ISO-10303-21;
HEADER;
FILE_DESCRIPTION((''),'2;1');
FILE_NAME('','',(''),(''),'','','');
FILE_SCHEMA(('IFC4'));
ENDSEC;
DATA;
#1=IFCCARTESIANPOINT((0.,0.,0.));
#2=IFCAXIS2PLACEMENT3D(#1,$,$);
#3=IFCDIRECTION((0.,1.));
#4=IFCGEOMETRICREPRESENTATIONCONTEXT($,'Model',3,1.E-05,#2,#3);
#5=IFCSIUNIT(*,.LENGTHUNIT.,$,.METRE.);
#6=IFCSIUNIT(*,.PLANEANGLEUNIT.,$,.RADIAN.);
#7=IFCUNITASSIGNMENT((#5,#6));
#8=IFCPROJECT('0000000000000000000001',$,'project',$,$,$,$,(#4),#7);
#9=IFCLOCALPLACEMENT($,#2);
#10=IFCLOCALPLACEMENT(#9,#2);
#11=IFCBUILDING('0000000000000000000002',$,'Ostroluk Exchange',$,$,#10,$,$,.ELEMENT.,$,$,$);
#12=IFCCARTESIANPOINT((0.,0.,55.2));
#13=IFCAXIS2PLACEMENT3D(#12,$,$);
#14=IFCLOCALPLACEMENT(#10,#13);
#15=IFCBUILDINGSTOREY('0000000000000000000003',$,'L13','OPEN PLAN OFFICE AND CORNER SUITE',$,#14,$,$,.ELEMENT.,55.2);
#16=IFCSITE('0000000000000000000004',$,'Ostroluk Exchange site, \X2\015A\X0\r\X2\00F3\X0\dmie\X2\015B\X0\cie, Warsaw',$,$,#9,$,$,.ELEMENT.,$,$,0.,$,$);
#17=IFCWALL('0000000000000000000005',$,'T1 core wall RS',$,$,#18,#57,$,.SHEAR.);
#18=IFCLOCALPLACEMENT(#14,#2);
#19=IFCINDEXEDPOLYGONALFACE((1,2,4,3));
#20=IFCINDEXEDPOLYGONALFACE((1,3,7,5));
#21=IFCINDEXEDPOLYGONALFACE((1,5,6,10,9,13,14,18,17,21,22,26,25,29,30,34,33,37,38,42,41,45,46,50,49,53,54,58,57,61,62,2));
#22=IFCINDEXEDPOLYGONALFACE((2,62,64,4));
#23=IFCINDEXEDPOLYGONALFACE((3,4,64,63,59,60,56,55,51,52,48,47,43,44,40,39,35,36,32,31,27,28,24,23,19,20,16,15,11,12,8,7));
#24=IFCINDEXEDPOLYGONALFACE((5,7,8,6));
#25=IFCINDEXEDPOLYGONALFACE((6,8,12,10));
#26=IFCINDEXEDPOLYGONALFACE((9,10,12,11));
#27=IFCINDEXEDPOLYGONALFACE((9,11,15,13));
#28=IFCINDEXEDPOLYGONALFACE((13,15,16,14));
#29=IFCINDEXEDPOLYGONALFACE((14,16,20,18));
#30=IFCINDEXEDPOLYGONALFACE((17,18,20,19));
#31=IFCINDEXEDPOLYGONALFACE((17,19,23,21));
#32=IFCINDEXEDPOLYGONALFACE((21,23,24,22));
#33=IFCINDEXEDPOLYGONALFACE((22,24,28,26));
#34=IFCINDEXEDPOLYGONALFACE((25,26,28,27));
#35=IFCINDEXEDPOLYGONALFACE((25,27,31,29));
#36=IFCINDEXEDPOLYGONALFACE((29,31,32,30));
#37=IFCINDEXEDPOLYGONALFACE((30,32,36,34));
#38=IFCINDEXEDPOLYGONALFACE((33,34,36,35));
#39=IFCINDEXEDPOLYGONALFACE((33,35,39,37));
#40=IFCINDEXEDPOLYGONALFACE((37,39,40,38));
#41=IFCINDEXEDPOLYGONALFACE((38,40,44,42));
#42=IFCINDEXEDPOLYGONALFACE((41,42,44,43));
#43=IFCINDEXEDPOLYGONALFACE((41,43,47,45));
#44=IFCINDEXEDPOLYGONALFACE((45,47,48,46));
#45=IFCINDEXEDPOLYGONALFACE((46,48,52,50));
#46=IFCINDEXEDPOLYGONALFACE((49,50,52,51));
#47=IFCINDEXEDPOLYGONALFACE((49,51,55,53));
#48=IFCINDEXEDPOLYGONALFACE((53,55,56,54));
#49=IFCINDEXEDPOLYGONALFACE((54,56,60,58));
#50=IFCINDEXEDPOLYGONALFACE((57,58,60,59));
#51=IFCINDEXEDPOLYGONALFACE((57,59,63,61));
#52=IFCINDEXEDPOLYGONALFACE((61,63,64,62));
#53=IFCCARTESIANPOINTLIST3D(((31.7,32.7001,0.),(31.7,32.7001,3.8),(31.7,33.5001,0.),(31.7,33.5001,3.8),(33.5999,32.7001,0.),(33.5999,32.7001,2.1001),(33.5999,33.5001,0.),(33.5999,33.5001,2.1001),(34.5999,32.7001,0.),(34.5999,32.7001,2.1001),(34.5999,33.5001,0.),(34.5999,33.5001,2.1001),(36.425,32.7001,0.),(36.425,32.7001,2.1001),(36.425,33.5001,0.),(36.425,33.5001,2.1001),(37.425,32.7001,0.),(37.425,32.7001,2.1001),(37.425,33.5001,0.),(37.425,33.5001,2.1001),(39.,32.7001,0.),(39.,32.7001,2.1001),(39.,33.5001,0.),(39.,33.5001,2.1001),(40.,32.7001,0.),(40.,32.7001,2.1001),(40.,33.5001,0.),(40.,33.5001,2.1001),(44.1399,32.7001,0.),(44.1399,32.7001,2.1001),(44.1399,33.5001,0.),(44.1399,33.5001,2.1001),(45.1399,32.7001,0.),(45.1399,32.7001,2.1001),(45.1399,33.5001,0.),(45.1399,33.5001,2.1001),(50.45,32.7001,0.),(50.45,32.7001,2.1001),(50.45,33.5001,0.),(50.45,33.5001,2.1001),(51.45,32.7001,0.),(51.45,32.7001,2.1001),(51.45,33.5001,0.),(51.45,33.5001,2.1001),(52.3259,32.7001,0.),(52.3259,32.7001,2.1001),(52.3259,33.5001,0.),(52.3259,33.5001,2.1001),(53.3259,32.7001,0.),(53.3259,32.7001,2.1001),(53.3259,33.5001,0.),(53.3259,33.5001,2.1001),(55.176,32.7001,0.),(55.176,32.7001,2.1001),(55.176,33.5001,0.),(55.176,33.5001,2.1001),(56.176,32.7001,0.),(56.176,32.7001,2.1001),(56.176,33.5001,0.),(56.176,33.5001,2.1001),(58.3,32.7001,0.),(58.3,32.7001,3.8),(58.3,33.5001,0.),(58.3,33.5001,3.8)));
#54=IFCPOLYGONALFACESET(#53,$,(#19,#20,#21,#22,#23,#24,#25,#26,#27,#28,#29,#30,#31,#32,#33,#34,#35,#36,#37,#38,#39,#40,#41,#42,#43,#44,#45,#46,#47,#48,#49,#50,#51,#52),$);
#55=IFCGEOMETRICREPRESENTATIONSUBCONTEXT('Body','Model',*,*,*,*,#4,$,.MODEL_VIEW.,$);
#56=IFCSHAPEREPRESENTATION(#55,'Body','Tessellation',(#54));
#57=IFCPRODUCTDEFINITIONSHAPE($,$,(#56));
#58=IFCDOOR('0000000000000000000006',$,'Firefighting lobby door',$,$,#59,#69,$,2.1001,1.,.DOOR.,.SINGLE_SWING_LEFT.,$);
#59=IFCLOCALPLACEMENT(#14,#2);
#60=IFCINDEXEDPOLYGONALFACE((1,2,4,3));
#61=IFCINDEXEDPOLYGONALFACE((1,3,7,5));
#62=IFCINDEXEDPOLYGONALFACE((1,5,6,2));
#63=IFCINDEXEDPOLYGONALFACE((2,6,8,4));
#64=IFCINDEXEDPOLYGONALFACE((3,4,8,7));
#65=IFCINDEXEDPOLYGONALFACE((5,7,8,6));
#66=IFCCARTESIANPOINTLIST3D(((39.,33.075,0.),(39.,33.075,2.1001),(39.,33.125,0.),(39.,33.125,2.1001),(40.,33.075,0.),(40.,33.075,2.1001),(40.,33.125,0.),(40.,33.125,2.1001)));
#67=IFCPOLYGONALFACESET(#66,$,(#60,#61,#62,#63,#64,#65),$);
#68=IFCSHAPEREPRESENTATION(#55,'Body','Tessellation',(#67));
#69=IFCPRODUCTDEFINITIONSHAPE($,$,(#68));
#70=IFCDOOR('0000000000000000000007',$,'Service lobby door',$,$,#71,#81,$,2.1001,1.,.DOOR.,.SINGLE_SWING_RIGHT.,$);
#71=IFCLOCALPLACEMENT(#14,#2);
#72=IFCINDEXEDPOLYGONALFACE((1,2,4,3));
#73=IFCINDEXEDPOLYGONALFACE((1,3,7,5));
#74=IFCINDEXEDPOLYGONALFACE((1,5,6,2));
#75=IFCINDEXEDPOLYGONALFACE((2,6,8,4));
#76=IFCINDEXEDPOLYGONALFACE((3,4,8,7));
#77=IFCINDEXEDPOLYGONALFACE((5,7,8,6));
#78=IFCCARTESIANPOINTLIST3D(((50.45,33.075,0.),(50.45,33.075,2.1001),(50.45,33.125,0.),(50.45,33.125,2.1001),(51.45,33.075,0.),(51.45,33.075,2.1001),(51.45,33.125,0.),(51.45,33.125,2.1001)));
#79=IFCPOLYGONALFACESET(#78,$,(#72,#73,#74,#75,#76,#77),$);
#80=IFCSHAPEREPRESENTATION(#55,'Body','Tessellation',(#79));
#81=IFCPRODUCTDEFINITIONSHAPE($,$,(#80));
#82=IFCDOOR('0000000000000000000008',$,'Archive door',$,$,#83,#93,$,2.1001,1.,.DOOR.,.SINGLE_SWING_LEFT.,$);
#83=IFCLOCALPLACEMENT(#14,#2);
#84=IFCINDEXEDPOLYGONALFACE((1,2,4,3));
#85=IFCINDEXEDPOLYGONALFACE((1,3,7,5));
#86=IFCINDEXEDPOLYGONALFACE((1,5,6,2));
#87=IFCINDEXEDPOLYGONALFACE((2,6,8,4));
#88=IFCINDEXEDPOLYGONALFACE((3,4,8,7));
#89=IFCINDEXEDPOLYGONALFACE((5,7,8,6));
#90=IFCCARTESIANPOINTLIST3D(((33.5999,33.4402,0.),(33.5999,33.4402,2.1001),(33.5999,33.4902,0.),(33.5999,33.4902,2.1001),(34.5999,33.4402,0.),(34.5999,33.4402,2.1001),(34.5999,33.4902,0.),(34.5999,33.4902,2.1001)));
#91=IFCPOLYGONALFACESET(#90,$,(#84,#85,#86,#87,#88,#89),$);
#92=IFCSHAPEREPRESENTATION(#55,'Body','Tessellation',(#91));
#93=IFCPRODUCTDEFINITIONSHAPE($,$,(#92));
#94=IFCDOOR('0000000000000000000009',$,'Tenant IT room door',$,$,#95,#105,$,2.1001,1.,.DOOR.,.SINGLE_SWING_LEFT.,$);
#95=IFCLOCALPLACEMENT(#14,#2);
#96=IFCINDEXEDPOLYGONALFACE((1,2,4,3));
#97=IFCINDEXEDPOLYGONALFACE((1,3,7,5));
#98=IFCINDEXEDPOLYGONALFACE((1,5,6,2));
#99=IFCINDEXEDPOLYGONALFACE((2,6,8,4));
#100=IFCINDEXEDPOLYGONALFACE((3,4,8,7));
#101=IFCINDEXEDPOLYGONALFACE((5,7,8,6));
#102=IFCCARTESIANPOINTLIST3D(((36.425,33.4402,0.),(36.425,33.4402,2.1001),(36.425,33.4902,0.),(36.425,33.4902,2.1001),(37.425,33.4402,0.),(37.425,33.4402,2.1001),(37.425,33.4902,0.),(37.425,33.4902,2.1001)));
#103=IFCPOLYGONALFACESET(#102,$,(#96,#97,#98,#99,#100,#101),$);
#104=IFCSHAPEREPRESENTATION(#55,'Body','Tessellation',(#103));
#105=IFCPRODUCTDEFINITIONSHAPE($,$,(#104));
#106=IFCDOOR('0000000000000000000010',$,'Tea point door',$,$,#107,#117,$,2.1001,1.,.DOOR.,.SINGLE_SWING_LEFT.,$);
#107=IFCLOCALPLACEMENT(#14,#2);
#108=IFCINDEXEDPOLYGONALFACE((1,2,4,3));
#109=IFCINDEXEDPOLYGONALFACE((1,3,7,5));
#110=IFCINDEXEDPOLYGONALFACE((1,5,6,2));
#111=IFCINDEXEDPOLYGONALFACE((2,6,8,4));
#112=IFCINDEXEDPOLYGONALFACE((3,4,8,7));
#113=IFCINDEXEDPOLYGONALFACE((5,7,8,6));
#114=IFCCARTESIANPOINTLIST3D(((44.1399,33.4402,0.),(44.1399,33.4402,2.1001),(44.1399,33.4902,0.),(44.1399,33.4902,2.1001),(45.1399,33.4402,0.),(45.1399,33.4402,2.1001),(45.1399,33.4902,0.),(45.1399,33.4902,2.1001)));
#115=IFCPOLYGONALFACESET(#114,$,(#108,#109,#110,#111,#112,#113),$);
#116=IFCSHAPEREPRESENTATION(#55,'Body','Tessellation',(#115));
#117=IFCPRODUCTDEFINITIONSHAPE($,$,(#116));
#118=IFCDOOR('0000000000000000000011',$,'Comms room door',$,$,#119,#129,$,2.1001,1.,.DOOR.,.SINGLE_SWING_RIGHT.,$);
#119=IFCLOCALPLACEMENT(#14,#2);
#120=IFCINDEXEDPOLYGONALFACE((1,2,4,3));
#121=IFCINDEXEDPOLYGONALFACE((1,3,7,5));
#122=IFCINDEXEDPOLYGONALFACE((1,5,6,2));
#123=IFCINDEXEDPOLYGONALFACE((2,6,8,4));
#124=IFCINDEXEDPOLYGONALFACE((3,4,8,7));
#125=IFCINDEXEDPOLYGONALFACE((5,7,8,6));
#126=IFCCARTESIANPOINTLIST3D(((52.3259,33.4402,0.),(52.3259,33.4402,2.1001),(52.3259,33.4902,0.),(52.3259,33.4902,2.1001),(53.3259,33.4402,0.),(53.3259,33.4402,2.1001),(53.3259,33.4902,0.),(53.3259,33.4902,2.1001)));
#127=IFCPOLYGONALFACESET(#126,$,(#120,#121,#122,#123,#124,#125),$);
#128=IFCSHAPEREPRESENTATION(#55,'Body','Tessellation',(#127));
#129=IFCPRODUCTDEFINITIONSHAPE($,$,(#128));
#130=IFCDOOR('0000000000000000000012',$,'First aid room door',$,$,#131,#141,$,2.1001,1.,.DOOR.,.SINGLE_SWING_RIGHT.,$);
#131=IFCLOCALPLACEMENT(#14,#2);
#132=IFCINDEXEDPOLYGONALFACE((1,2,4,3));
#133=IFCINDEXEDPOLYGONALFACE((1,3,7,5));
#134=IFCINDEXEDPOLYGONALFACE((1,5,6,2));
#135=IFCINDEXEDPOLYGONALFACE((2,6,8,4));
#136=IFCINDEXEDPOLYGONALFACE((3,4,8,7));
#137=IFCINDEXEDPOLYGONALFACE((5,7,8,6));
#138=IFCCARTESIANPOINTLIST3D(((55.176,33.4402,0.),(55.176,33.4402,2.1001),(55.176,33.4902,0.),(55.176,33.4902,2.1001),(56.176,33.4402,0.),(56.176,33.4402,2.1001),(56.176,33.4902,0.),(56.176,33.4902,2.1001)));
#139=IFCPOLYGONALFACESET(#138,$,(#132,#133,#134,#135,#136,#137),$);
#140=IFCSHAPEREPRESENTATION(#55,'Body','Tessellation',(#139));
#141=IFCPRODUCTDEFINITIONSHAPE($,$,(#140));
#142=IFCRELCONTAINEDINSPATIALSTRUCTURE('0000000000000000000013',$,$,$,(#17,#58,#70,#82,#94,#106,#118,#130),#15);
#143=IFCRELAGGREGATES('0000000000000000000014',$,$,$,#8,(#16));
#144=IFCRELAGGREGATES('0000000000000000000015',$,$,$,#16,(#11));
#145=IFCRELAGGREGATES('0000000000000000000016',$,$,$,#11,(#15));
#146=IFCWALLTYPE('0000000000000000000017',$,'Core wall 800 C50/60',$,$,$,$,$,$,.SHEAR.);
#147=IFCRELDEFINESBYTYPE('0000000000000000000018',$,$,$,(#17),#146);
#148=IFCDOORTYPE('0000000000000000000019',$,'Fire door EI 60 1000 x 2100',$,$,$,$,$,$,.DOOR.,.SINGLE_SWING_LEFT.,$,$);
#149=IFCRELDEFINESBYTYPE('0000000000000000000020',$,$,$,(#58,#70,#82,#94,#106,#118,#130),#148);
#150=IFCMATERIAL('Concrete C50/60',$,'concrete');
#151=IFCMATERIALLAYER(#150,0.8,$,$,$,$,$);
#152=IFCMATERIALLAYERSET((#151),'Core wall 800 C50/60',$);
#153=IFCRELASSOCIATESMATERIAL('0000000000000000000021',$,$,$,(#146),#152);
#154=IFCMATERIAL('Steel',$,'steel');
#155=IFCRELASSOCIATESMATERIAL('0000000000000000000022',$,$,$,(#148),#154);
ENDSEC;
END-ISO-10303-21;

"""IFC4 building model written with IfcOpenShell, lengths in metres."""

from ifc_helpers import new_model, si_unit, direction, frame, frame_2d, origin, place, context, subcontext, project, spatial, rectangle, extrude, material, layer, layer_set, type_object, element, fill, save


model = new_model("IFC4")

# Units and contexts
model_context = context("Model", 3, precision=1e-05, world=origin(), true_north=direction((0.0, 1.0)))
body_context = subcontext(model_context, "Body", "Model", "MODEL_VIEW")
ifc_project = project(units=[si_unit("LENGTHUNIT", "METRE"), si_unit("PLANEANGLEUNIT", "RADIAN")], contexts=[model_context])

# Site, building, storey
site_placement = place(None, origin())
site = spatial("IfcSite", under=ifc_project, at=site_placement, Name="Ostroluk Exchange site, Śródmieście, Warsaw", CompositionType="ELEMENT", RefElevation=0.0)
building_placement = place(site_placement, origin())
building = spatial("IfcBuilding", under=site, at=building_placement, Name="Ostroluk Exchange", CompositionType="ELEMENT")
storey_placement = place(building_placement, frame((0.0, 0.0, 55.2)))
storey = spatial("IfcBuildingStorey", under=building, at=storey_placement, Name="L13", Description="OPEN PLAN OFFICE AND CORNER SUITE", CompositionType="ELEMENT", Elevation=55.2)

# Wall, openings, doors
ifc_material_1 = material(Name="Concrete C50/60", Category="concrete")
ifc_layer_1 = layer(ifc_material_1, 0.8)
ifc_layer_set_1 = layer_set([ifc_layer_1], Name="Core wall 800 C50/60")
wall_type_1 = type_object("IfcWallType", Name="Core wall 800 C50/60", PredefinedType="SHEAR", material=ifc_layer_set_1)
wall_1_placement = place(storey_placement, frame((31.7, 33.1001, 0.0), z_axis=(0.0, 0.0, 1.0), x_axis=(1.0, 0.0, 0.0)))
wall_1 = element("IfcWall", 1, at=wall_1_placement, inside=storey, type_object=wall_type_1, Name="T1 core wall RS", PredefinedType="SHEAR", context=body_context, shape_type="SweptSolid", body=[
    extrude(rectangle(XDim=26.6001, YDim=0.8, at=frame_2d((13.3, 0.0))), origin(), (0.0, 0.0, 1.0), 3.8),
])
opening_1_placement = place(wall_1_placement, frame((7.3, 0.0, 0.0)))
opening_1 = element("IfcOpeningElement", 2, at=opening_1_placement, cuts=wall_1, PredefinedType="OPENING", context=body_context, shape_type="SweptSolid", body=[
    extrude(rectangle(XDim=1.0, YDim=2.1001, at=frame_2d((0.5, 1.05))), frame((0.0, 0.4099, 0.0), z_axis=(0.0, -1.0, 0.0), x_axis=(1.0, 0.0, 0.0)), (0.0, 0.0, 1.0), 0.8201),
])
opening_2_placement = place(wall_1_placement, frame((18.75, 0.0, 0.0)))
opening_2 = element("IfcOpeningElement", 3, at=opening_2_placement, cuts=wall_1, PredefinedType="OPENING", context=body_context, shape_type="SweptSolid", body=[
    extrude(rectangle(XDim=1.0, YDim=2.1001, at=frame_2d((0.5, 1.05))), frame((0.0, 0.4099, 0.0), z_axis=(0.0, -1.0, 0.0), x_axis=(1.0, 0.0, 0.0)), (0.0, 0.0, 1.0), 0.8201),
])
opening_3_placement = place(wall_1_placement, frame((1.8999, 0.0, 0.0)))
opening_3 = element("IfcOpeningElement", 4, at=opening_3_placement, cuts=wall_1, PredefinedType="OPENING", context=body_context, shape_type="SweptSolid", body=[
    extrude(rectangle(XDim=1.0, YDim=2.1001, at=frame_2d((0.5, 1.05))), frame((0.0, 0.4099, 0.0), z_axis=(0.0, -1.0, 0.0), x_axis=(1.0, 0.0, 0.0)), (0.0, 0.0, 1.0), 0.8201),
])
opening_4_placement = place(wall_1_placement, frame((4.7251, 0.0, 0.0)))
opening_4 = element("IfcOpeningElement", 5, at=opening_4_placement, cuts=wall_1, PredefinedType="OPENING", context=body_context, shape_type="SweptSolid", body=[
    extrude(rectangle(XDim=1.0, YDim=2.1001, at=frame_2d((0.5, 1.05))), frame((0.0, 0.4099, 0.0), z_axis=(0.0, -1.0, 0.0), x_axis=(1.0, 0.0, 0.0)), (0.0, 0.0, 1.0), 0.8201),
])
opening_5_placement = place(wall_1_placement, frame((12.4399, 0.0, 0.0)))
opening_5 = element("IfcOpeningElement", 6, at=opening_5_placement, cuts=wall_1, PredefinedType="OPENING", context=body_context, shape_type="SweptSolid", body=[
    extrude(rectangle(XDim=1.0, YDim=2.1001, at=frame_2d((0.5, 1.05))), frame((0.0, 0.4099, 0.0), z_axis=(0.0, -1.0, 0.0), x_axis=(1.0, 0.0, 0.0)), (0.0, 0.0, 1.0), 0.8201),
])
opening_6_placement = place(wall_1_placement, frame((20.626, 0.0, 0.0)))
opening_6 = element("IfcOpeningElement", 7, at=opening_6_placement, cuts=wall_1, PredefinedType="OPENING", context=body_context, shape_type="SweptSolid", body=[
    extrude(rectangle(XDim=1.0, YDim=2.1001, at=frame_2d((0.5, 1.05))), frame((0.0, 0.4099, 0.0), z_axis=(0.0, -1.0, 0.0), x_axis=(1.0, 0.0, 0.0)), (0.0, 0.0, 1.0), 0.8201),
])
opening_7_placement = place(wall_1_placement, frame((23.4761, 0.0, 0.0)))
opening_7 = element("IfcOpeningElement", 8, at=opening_7_placement, cuts=wall_1, PredefinedType="OPENING", context=body_context, shape_type="SweptSolid", body=[
    extrude(rectangle(XDim=1.0, YDim=2.1001, at=frame_2d((0.5, 1.05))), frame((0.0, 0.4099, 0.0), z_axis=(0.0, -1.0, 0.0), x_axis=(1.0, 0.0, 0.0)), (0.0, 0.0, 1.0), 0.8201),
])
ifc_material_2 = material(Name="Steel", Category="steel")
door_type_1 = type_object("IfcDoorType", Name="Fire door EI 60 1000 x 2100", OperationType="SINGLE_SWING_LEFT", PredefinedType="DOOR", material=ifc_material_2)
door_1_placement = place(opening_1_placement, origin())
door_1 = element("IfcDoor", 9, at=door_1_placement, inside=storey, type_object=door_type_1, Name="Firefighting lobby door", OperationType="SINGLE_SWING_LEFT", OverallHeight=2.1001, OverallWidth=1.0, PredefinedType="DOOR", context=body_context, shape_type="SweptSolid", body=[
    extrude(rectangle(XDim=1.0, YDim=2.1001, at=frame_2d((0.5, 1.05))), frame((0.0, 0.0249, 0.0), z_axis=(0.0, -1.0, 0.0), x_axis=(1.0, 0.0, 0.0)), (0.0, 0.0, 1.0), 0.05),
])
fill(opening_1, door_1)
door_2_placement = place(opening_2_placement, origin())
door_2 = element("IfcDoor", 10, at=door_2_placement, inside=storey, type_object=door_type_1, Name="Service lobby door", OperationType="SINGLE_SWING_RIGHT", OverallHeight=2.1001, OverallWidth=1.0, PredefinedType="DOOR", context=body_context, shape_type="SweptSolid", body=[
    extrude(rectangle(XDim=1.0, YDim=2.1001, at=frame_2d((0.5, 1.05))), frame((0.0, 0.0249, 0.0), z_axis=(0.0, -1.0, 0.0), x_axis=(1.0, 0.0, 0.0)), (0.0, 0.0, 1.0), 0.05),
])
fill(opening_2, door_2)
door_3_placement = place(opening_3_placement, origin())
door_3 = element("IfcDoor", 11, at=door_3_placement, inside=storey, type_object=door_type_1, Name="Archive door", OperationType="SINGLE_SWING_LEFT", OverallHeight=2.1001, OverallWidth=1.0, PredefinedType="DOOR", context=body_context, shape_type="SweptSolid", body=[
    extrude(rectangle(XDim=1.0, YDim=2.1001, at=frame_2d((0.5, 1.05))), frame((0.0, 0.3901, 0.0), z_axis=(0.0, -1.0, 0.0), x_axis=(1.0, 0.0, 0.0)), (0.0, 0.0, 1.0), 0.05),
])
fill(opening_3, door_3)
door_4_placement = place(opening_4_placement, origin())
door_4 = element("IfcDoor", 12, at=door_4_placement, inside=storey, type_object=door_type_1, Name="Tenant IT room door", OperationType="SINGLE_SWING_LEFT", OverallHeight=2.1001, OverallWidth=1.0, PredefinedType="DOOR", context=body_context, shape_type="SweptSolid", body=[
    extrude(rectangle(XDim=1.0, YDim=2.1001, at=frame_2d((0.5, 1.05))), frame((0.0, 0.3901, 0.0), z_axis=(0.0, -1.0, 0.0), x_axis=(1.0, 0.0, 0.0)), (0.0, 0.0, 1.0), 0.05),
])
fill(opening_4, door_4)
door_5_placement = place(opening_5_placement, origin())
door_5 = element("IfcDoor", 13, at=door_5_placement, inside=storey, type_object=door_type_1, Name="Tea point door", OperationType="SINGLE_SWING_LEFT", OverallHeight=2.1001, OverallWidth=1.0, PredefinedType="DOOR", context=body_context, shape_type="SweptSolid", body=[
    extrude(rectangle(XDim=1.0, YDim=2.1001, at=frame_2d((0.5, 1.05))), frame((0.0, 0.3901, 0.0), z_axis=(0.0, -1.0, 0.0), x_axis=(1.0, 0.0, 0.0)), (0.0, 0.0, 1.0), 0.05),
])
fill(opening_5, door_5)
door_6_placement = place(opening_6_placement, origin())
door_6 = element("IfcDoor", 14, at=door_6_placement, inside=storey, type_object=door_type_1, Name="Comms room door", OperationType="SINGLE_SWING_RIGHT", OverallHeight=2.1001, OverallWidth=1.0, PredefinedType="DOOR", context=body_context, shape_type="SweptSolid", body=[
    extrude(rectangle(XDim=1.0, YDim=2.1001, at=frame_2d((0.5, 1.05))), frame((0.0, 0.3901, 0.0), z_axis=(0.0, -1.0, 0.0), x_axis=(1.0, 0.0, 0.0)), (0.0, 0.0, 1.0), 0.05),
])
fill(opening_6, door_6)
door_7_placement = place(opening_7_placement, origin())
door_7 = element("IfcDoor", 15, at=door_7_placement, inside=storey, type_object=door_type_1, Name="First aid room door", OperationType="SINGLE_SWING_RIGHT", OverallHeight=2.1001, OverallWidth=1.0, PredefinedType="DOOR", context=body_context, shape_type="SweptSolid", body=[
    extrude(rectangle(XDim=1.0, YDim=2.1001, at=frame_2d((0.5, 1.05))), frame((0.0, 0.3901, 0.0), z_axis=(0.0, -1.0, 0.0), x_axis=(1.0, 0.0, 0.0)), (0.0, 0.0, 1.0), 0.05),
])
fill(opening_7, door_7)

save(model, "model.ifc")
